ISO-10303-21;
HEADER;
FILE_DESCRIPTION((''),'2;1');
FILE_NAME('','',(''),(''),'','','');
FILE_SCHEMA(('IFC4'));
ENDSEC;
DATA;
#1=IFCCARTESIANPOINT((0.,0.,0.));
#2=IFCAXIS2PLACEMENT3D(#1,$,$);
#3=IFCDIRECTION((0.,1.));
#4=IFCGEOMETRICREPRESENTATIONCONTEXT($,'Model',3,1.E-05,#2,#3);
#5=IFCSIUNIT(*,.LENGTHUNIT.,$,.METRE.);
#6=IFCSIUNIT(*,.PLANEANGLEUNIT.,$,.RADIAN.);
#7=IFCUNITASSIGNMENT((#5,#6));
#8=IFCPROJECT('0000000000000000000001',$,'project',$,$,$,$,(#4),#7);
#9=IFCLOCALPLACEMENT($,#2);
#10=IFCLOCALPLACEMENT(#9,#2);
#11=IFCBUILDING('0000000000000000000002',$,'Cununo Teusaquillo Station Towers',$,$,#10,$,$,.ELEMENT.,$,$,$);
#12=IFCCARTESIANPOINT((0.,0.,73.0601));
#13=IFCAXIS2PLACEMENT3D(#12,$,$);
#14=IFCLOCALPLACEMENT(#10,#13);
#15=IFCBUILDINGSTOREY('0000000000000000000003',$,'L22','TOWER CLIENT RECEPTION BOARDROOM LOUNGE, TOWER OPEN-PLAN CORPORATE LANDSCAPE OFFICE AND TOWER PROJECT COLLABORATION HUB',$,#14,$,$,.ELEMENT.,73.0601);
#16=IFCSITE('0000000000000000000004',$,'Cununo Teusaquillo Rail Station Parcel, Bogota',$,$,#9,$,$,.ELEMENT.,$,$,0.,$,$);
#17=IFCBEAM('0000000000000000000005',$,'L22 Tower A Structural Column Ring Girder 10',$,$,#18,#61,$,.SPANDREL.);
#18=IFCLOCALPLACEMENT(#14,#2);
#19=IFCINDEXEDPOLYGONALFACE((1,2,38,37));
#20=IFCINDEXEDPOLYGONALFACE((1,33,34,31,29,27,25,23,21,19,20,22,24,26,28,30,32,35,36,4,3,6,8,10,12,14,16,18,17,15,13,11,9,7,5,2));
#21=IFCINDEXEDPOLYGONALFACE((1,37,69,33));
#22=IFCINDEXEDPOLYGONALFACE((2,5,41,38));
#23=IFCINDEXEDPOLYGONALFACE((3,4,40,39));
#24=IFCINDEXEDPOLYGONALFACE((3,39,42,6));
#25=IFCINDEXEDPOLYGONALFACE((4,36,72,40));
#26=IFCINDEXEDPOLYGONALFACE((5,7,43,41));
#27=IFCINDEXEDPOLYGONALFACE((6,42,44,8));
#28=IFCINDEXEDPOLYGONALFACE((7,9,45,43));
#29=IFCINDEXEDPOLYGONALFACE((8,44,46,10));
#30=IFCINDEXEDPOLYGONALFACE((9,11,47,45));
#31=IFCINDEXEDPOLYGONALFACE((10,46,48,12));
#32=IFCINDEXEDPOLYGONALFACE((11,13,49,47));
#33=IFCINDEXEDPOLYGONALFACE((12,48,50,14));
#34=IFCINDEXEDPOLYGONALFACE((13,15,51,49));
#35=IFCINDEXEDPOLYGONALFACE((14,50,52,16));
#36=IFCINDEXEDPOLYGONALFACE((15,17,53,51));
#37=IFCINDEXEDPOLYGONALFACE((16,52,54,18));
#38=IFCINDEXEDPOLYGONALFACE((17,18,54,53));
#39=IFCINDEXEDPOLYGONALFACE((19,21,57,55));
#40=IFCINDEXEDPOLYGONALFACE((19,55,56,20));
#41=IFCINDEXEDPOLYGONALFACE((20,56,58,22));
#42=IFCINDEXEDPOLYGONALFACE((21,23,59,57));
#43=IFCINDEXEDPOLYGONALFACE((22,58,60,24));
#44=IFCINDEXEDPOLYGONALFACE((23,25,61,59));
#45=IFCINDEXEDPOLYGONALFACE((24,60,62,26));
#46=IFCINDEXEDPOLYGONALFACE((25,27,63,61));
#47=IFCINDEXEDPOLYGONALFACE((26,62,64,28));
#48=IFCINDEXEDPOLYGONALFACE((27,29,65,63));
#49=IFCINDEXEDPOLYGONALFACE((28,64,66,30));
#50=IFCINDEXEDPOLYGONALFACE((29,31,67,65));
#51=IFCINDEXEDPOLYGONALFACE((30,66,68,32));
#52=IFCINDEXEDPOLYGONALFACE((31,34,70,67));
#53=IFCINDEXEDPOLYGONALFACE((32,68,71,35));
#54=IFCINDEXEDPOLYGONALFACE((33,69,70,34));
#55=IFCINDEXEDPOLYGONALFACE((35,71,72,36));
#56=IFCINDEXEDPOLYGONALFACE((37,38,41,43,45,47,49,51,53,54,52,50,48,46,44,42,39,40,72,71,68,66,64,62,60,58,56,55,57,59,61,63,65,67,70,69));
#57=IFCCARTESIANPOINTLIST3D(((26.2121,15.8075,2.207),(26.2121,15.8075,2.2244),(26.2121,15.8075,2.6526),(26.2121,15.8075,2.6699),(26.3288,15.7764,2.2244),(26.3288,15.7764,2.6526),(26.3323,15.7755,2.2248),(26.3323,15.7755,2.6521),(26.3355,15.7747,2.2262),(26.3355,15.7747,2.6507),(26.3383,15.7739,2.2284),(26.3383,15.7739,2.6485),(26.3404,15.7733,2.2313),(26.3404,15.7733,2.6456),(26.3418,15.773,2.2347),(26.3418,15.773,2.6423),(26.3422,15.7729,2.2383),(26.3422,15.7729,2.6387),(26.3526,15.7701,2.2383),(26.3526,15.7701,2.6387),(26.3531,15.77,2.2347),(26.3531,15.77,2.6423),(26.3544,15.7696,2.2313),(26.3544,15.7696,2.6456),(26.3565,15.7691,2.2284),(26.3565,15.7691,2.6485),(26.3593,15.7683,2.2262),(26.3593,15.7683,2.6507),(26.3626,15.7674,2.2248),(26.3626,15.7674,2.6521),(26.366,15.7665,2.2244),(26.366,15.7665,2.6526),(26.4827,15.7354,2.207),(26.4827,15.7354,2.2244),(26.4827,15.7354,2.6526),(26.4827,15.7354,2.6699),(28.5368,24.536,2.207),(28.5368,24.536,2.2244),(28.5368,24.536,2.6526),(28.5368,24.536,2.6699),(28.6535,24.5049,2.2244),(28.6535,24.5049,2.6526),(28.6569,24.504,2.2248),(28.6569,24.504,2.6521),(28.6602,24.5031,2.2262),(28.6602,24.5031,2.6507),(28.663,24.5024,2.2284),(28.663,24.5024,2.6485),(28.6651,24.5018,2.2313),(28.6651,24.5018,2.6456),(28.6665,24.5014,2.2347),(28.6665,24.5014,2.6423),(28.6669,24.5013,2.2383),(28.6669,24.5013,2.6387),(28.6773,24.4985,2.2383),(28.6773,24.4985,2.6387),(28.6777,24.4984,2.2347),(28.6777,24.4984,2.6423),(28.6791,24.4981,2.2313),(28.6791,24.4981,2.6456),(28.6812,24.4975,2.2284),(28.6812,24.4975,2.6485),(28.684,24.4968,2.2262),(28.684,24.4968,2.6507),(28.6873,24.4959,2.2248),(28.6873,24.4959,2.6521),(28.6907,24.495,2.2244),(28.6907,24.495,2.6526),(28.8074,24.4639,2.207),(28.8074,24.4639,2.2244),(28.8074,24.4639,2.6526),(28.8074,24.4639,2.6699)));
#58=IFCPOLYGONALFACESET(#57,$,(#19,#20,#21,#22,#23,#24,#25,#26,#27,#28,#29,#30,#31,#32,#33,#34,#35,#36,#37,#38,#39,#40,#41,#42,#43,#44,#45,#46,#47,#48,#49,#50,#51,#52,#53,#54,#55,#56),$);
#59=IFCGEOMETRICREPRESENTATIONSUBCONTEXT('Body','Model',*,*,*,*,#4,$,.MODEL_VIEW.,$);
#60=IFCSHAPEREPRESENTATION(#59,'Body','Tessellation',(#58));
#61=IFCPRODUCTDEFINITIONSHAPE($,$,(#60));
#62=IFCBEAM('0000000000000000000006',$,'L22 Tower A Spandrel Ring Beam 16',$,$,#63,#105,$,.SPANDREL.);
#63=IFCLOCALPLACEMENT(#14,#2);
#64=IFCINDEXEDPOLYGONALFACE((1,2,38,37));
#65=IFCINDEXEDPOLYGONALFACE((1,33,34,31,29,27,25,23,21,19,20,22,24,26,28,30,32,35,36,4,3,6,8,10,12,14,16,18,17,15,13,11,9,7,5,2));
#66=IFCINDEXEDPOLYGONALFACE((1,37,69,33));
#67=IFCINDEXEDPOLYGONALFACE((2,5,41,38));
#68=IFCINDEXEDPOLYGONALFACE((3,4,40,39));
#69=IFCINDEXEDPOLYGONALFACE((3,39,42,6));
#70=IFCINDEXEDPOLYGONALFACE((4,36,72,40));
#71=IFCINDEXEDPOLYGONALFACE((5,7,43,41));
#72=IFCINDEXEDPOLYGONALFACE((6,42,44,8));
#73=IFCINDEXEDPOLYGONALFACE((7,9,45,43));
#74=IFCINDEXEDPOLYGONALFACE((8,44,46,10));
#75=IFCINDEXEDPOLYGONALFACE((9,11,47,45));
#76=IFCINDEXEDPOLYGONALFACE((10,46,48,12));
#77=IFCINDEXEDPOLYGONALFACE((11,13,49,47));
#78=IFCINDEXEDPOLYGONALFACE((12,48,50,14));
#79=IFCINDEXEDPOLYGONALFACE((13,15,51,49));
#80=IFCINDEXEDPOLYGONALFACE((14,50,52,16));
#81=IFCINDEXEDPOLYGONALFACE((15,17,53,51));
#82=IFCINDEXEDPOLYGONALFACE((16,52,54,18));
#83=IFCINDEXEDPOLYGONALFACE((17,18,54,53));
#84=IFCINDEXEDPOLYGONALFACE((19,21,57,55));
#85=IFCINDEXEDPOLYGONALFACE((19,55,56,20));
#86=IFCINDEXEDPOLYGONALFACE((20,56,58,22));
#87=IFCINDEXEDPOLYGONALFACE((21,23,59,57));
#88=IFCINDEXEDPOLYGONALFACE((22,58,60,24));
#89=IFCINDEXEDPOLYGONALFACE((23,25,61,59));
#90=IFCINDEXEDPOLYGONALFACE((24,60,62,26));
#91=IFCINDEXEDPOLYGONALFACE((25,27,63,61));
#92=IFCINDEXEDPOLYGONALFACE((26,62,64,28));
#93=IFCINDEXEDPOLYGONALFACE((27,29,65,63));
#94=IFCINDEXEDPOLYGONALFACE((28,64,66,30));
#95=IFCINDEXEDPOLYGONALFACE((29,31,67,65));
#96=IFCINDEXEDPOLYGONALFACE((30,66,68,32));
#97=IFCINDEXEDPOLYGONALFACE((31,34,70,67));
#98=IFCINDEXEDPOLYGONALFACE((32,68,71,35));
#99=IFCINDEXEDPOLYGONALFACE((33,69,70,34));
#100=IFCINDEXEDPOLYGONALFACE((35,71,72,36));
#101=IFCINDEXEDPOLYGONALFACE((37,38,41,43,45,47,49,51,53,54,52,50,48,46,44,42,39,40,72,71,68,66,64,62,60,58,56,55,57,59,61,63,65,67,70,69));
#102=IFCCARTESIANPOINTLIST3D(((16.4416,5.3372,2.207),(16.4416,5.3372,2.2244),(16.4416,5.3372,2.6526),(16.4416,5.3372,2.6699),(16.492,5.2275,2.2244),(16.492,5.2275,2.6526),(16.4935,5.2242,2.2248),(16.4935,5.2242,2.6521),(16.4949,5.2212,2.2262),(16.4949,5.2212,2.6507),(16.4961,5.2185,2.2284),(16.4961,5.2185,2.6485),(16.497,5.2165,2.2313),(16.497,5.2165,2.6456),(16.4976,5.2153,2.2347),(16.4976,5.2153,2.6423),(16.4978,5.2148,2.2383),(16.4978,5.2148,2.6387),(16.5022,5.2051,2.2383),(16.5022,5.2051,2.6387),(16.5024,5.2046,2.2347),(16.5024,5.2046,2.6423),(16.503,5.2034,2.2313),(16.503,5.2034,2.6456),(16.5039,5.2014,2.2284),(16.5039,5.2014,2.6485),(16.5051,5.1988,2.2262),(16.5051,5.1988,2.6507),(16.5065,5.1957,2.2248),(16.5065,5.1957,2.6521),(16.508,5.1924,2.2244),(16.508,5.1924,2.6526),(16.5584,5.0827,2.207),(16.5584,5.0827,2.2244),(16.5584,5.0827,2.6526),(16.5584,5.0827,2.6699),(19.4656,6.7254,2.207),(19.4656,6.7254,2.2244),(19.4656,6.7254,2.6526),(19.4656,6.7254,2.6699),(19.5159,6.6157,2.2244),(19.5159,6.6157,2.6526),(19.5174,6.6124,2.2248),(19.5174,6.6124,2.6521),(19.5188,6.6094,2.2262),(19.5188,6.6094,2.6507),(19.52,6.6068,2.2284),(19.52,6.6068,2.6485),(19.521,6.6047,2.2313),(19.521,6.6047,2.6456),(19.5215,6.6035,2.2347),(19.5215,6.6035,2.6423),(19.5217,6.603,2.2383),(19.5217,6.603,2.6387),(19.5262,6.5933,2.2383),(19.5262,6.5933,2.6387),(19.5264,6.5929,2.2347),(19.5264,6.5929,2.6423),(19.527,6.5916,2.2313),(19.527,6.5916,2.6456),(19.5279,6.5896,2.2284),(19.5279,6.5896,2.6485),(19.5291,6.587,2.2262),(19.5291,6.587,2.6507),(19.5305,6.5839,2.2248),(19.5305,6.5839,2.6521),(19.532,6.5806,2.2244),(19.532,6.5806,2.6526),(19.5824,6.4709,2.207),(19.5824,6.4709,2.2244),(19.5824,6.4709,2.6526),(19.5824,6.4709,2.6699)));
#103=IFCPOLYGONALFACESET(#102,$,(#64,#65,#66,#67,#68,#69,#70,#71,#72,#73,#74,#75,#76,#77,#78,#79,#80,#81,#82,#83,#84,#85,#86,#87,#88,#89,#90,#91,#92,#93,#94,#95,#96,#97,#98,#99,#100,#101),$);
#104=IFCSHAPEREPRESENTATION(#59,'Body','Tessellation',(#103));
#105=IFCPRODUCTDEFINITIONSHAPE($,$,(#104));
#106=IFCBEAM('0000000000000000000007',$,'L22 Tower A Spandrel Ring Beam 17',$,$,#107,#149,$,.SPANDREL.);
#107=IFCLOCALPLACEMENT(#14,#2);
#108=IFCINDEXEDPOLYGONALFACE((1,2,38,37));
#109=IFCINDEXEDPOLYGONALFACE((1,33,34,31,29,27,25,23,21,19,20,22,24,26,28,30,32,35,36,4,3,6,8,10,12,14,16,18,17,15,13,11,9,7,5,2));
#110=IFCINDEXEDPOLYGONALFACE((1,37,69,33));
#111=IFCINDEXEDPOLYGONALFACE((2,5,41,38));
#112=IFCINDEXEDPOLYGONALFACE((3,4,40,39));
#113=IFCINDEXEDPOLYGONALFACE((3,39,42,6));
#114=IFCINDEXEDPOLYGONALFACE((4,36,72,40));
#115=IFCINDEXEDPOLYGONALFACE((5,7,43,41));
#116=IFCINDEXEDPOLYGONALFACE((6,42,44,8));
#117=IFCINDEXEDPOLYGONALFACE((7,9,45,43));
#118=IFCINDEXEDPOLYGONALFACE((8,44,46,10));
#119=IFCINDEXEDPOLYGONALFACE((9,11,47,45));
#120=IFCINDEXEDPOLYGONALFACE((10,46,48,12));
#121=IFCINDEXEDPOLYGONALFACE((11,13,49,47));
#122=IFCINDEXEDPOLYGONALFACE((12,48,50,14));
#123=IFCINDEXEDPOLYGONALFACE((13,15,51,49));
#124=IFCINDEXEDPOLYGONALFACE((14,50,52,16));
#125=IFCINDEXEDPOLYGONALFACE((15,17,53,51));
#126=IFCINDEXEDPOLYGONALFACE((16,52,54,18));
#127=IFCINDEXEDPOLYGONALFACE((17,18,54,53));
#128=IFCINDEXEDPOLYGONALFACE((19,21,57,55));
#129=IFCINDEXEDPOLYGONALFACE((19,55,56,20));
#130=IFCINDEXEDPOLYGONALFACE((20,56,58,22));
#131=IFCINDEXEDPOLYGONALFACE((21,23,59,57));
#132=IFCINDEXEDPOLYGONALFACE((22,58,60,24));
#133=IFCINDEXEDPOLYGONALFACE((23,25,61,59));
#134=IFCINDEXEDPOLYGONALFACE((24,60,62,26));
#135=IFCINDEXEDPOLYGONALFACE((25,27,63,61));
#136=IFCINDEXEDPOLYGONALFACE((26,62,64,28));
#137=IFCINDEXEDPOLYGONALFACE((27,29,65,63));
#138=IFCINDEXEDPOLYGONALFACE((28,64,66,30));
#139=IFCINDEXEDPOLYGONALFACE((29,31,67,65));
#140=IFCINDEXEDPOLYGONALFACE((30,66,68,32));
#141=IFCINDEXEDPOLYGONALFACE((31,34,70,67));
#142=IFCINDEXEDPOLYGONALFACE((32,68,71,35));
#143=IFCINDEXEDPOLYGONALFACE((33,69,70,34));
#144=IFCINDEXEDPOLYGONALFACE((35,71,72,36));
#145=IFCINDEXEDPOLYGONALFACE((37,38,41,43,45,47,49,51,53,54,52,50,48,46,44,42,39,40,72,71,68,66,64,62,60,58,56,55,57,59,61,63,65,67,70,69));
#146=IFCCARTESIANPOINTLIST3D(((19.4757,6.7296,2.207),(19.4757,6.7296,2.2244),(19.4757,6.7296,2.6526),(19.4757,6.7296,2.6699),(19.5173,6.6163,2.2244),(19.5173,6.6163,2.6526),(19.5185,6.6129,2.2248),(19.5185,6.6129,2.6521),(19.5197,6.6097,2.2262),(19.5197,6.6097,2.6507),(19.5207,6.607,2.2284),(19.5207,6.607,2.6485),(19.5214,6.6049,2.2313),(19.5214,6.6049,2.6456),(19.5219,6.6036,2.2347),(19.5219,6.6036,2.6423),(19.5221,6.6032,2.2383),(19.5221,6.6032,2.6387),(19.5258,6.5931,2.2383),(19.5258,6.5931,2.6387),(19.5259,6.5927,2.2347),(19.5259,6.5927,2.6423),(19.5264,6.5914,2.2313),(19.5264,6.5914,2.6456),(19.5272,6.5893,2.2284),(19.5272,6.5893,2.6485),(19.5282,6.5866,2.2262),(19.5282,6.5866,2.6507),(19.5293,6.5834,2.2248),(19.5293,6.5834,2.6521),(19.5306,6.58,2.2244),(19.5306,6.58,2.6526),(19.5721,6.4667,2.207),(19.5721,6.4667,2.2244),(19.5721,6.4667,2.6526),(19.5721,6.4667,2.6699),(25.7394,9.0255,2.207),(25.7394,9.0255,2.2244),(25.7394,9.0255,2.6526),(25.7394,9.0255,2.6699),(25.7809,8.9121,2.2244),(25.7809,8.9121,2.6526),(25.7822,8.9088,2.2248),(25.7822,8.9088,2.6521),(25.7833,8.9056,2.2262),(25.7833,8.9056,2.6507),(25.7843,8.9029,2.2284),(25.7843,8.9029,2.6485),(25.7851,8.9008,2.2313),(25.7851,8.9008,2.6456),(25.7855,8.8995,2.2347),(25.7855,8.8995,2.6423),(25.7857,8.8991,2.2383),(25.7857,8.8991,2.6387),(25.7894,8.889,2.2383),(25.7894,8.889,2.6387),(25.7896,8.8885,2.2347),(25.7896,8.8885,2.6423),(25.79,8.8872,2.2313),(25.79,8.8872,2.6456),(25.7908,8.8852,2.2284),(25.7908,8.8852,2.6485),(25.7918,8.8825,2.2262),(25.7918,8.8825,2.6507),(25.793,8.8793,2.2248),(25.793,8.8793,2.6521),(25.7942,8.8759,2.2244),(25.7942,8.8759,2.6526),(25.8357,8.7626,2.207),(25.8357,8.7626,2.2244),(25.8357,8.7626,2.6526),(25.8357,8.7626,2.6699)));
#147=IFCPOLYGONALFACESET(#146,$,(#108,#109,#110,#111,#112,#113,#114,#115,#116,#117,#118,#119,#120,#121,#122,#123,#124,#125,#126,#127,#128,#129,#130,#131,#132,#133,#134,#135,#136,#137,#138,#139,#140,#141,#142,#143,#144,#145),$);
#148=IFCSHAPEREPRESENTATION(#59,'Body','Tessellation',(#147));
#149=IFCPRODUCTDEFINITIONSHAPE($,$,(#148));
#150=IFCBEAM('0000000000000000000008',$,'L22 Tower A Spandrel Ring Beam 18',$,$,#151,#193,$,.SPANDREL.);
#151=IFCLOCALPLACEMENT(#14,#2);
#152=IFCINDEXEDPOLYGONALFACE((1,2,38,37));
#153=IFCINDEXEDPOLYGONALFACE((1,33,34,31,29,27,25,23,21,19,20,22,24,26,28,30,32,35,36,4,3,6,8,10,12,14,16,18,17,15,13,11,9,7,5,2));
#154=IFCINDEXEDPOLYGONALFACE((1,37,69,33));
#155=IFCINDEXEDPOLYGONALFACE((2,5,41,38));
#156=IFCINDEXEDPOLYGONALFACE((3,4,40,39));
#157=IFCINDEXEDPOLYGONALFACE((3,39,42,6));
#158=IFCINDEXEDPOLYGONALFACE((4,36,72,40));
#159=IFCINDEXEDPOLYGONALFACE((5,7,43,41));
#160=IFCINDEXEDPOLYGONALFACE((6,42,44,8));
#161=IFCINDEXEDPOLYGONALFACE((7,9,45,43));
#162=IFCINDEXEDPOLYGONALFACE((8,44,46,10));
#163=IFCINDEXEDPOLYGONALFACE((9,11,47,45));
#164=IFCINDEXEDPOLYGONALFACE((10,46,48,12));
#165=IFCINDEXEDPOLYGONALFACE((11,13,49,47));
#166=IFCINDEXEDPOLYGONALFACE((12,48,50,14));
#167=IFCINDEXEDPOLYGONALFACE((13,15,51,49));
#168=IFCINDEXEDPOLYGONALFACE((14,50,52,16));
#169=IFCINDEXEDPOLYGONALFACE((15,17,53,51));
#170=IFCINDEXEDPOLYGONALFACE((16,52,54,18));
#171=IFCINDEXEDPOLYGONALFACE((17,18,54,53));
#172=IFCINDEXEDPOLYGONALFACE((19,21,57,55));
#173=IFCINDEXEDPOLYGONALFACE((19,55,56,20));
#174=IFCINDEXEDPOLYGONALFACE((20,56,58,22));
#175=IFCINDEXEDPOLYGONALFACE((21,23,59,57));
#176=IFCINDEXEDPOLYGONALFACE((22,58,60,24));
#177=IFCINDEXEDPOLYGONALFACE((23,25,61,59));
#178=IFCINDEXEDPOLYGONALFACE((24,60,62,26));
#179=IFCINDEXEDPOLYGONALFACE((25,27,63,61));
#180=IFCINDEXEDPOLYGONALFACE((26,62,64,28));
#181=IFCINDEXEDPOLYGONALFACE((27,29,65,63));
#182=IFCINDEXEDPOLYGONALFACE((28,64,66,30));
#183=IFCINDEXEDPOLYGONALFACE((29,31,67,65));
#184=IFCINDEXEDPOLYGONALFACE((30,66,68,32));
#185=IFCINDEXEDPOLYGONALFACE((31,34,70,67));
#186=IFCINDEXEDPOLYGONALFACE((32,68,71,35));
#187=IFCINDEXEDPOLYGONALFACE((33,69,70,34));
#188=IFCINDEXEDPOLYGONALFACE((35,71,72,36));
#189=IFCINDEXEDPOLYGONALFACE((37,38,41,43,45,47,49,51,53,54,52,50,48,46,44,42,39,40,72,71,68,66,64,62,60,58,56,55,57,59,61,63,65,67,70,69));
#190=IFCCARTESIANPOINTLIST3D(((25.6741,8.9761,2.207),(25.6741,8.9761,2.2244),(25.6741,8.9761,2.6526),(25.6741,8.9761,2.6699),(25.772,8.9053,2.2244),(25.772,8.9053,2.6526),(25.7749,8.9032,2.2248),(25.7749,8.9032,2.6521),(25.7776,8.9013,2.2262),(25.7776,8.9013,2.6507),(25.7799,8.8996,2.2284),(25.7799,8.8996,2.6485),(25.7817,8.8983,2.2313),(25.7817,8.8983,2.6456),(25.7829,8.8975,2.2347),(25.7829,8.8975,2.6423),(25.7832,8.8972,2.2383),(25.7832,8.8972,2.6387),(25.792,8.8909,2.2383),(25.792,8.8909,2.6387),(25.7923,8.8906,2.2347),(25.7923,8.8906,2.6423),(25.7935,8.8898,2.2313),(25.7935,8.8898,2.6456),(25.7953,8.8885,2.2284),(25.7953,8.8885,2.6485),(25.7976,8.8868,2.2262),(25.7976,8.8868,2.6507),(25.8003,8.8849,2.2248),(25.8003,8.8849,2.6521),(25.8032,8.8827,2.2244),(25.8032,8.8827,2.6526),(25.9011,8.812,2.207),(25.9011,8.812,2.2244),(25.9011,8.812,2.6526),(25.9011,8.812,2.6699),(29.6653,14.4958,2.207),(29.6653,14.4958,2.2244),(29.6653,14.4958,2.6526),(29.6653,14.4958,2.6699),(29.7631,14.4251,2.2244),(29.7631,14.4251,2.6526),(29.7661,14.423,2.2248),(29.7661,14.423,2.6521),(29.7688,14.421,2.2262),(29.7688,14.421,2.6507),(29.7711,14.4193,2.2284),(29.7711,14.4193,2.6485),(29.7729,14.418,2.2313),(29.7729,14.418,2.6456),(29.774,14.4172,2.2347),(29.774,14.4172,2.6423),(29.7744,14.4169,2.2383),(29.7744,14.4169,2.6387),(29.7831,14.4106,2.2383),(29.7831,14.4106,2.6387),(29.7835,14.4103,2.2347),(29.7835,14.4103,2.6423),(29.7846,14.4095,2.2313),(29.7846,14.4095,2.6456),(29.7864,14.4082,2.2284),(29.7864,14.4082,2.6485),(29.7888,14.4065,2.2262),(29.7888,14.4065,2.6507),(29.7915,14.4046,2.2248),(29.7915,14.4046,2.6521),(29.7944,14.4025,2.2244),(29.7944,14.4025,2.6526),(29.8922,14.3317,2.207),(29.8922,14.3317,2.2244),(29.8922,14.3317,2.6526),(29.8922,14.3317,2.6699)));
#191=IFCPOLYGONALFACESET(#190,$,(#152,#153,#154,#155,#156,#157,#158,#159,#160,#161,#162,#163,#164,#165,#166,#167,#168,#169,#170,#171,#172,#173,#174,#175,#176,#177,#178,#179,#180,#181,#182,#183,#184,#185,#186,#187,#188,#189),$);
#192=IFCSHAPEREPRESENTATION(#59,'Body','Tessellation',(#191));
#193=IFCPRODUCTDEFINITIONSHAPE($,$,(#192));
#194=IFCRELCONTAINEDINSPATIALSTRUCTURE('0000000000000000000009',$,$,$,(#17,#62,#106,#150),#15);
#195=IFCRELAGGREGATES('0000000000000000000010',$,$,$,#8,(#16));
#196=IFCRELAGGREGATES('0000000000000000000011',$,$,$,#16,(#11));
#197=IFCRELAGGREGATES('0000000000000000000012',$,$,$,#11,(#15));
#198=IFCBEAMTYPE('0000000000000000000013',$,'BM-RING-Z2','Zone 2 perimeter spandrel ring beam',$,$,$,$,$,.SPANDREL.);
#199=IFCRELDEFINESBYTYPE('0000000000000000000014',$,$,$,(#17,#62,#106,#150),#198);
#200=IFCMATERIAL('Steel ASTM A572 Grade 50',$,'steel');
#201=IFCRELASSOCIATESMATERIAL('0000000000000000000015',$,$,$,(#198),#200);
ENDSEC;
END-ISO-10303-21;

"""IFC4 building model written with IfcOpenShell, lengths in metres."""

from ifc_helpers import new_model, si_unit, direction, frame, origin, origin_2d, place, context, subcontext, project, spatial, i_section, extrude, material, material_profile, profile_set, type_object, element, save


model = new_model("IFC4")

# Units and contexts
model_context = context("Model", 3, precision=1e-05, world=origin(), true_north=direction((0.0, 1.0)))
body_context = subcontext(model_context, "Body", "Model", "MODEL_VIEW")
ifc_project = project(units=[si_unit("LENGTHUNIT", "METRE"), si_unit("PLANEANGLEUNIT", "RADIAN")], contexts=[model_context])

# Site, building, storey
site_placement = place(None, origin())
site = spatial("IfcSite", under=ifc_project, at=site_placement, Name="Cununo Teusaquillo Rail Station Parcel, Bogota", CompositionType="ELEMENT", RefElevation=0.0)
building_placement = place(site_placement, origin())
building = spatial("IfcBuilding", under=site, at=building_placement, Name="Cununo Teusaquillo Station Towers", CompositionType="ELEMENT")
storey_placement = place(building_placement, frame((0.0, 0.0, 73.0601)))
storey = spatial("IfcBuildingStorey", under=building, at=storey_placement, Name="L22", Description="TOWER CLIENT RECEPTION BOARDROOM LOUNGE, TOWER OPEN-PLAN CORPORATE LANDSCAPE OFFICE AND TOWER PROJECT COLLABORATION HUB", CompositionType="ELEMENT", Elevation=73.0601)

# Beams
ifc_material_1 = material(Name="Steel ASTM A572 Grade 50", Category="steel")
ifc_material_profile_1 = material_profile(ifc_material_1, i_section(OverallWidth=0.28, OverallDepth=0.4629, WebThickness=0.0107, FlangeThickness=0.0173, FilletRadius=0.0139, at=origin_2d()), Name="W18X76")
ifc_profile_set_1 = profile_set([ifc_material_profile_1], Name="Steel ASTM A572 Grade 50")
beam_type_1 = type_object("IfcBeamType", Name="BM-RING-Z2", Description="Zone 2 perimeter spandrel ring beam", PredefinedType="SPANDREL", material=ifc_profile_set_1)
beam_1_placement = place(storey_placement, frame((26.3474, 15.7715, 2.4385), z_axis=(0.257363, 0.966315, 0.0), x_axis=(-0.966315, 0.257363, 0.0)))
element("IfcBeam", 1, at=beam_1_placement, inside=storey, type_object=beam_type_1, Name="L22 Tower A Structural Column Ring Girder 10", PredefinedType="SPANDREL", context=body_context, shape_type="SweptSolid", body=[
    extrude(i_section(OverallWidth=0.28, OverallDepth=0.4629, WebThickness=0.0107, FlangeThickness=0.0173, FilletRadius=0.0139, at=origin_2d()), origin(), (0.0, 0.0, 1.0), 9.0327),
])
beam_2_placement = place(storey_placement, frame((16.5, 5.21, 2.4385), z_axis=(0.908812, 0.417205, 0.0), x_axis=(-0.417205, 0.908812, 0.0)))
element("IfcBeam", 2, at=beam_2_placement, inside=storey, type_object=beam_type_1, Name="L22 Tower A Spandrel Ring Beam 16", PredefinedType="SPANDREL", context=body_context, shape_type="SweptSolid", body=[
    extrude(i_section(OverallWidth=0.28, OverallDepth=0.4629, WebThickness=0.0107, FlangeThickness=0.0173, FilletRadius=0.0139, at=origin_2d()), origin(), (0.0, 0.0, 1.0), 3.3274),
])
beam_3_placement = place(storey_placement, frame((19.5239, 6.5981, 2.4385), z_axis=(0.938914, 0.344151, 0.0), x_axis=(-0.344151, 0.938914, 0.0)))
element("IfcBeam", 3, at=beam_3_placement, inside=storey, type_object=beam_type_1, Name="L22 Tower A Spandrel Ring Beam 17", PredefinedType="SPANDREL", context=body_context, shape_type="SweptSolid", body=[
    extrude(i_section(OverallWidth=0.28, OverallDepth=0.4629, WebThickness=0.0107, FlangeThickness=0.0173, FilletRadius=0.0139, at=origin_2d()), origin(), (0.0, 0.0, 1.0), 6.6711),
])
beam_4_placement = place(storey_placement, frame((25.7876, 8.894, 2.4385), z_axis=(0.585945, 0.810351, 0.0), x_axis=(-0.810351, 0.585945, 0.0)))
element("IfcBeam", 4, at=beam_4_placement, inside=storey, type_object=beam_type_1, Name="L22 Tower A Spandrel Ring Beam 18", PredefinedType="SPANDREL", context=body_context, shape_type="SweptSolid", body=[
    extrude(i_section(OverallWidth=0.28, OverallDepth=0.4629, WebThickness=0.0107, FlangeThickness=0.0173, FilletRadius=0.0139, at=origin_2d()), origin(), (0.0, 0.0, 1.0), 6.8115),
])

save(model, "model.ifc")
